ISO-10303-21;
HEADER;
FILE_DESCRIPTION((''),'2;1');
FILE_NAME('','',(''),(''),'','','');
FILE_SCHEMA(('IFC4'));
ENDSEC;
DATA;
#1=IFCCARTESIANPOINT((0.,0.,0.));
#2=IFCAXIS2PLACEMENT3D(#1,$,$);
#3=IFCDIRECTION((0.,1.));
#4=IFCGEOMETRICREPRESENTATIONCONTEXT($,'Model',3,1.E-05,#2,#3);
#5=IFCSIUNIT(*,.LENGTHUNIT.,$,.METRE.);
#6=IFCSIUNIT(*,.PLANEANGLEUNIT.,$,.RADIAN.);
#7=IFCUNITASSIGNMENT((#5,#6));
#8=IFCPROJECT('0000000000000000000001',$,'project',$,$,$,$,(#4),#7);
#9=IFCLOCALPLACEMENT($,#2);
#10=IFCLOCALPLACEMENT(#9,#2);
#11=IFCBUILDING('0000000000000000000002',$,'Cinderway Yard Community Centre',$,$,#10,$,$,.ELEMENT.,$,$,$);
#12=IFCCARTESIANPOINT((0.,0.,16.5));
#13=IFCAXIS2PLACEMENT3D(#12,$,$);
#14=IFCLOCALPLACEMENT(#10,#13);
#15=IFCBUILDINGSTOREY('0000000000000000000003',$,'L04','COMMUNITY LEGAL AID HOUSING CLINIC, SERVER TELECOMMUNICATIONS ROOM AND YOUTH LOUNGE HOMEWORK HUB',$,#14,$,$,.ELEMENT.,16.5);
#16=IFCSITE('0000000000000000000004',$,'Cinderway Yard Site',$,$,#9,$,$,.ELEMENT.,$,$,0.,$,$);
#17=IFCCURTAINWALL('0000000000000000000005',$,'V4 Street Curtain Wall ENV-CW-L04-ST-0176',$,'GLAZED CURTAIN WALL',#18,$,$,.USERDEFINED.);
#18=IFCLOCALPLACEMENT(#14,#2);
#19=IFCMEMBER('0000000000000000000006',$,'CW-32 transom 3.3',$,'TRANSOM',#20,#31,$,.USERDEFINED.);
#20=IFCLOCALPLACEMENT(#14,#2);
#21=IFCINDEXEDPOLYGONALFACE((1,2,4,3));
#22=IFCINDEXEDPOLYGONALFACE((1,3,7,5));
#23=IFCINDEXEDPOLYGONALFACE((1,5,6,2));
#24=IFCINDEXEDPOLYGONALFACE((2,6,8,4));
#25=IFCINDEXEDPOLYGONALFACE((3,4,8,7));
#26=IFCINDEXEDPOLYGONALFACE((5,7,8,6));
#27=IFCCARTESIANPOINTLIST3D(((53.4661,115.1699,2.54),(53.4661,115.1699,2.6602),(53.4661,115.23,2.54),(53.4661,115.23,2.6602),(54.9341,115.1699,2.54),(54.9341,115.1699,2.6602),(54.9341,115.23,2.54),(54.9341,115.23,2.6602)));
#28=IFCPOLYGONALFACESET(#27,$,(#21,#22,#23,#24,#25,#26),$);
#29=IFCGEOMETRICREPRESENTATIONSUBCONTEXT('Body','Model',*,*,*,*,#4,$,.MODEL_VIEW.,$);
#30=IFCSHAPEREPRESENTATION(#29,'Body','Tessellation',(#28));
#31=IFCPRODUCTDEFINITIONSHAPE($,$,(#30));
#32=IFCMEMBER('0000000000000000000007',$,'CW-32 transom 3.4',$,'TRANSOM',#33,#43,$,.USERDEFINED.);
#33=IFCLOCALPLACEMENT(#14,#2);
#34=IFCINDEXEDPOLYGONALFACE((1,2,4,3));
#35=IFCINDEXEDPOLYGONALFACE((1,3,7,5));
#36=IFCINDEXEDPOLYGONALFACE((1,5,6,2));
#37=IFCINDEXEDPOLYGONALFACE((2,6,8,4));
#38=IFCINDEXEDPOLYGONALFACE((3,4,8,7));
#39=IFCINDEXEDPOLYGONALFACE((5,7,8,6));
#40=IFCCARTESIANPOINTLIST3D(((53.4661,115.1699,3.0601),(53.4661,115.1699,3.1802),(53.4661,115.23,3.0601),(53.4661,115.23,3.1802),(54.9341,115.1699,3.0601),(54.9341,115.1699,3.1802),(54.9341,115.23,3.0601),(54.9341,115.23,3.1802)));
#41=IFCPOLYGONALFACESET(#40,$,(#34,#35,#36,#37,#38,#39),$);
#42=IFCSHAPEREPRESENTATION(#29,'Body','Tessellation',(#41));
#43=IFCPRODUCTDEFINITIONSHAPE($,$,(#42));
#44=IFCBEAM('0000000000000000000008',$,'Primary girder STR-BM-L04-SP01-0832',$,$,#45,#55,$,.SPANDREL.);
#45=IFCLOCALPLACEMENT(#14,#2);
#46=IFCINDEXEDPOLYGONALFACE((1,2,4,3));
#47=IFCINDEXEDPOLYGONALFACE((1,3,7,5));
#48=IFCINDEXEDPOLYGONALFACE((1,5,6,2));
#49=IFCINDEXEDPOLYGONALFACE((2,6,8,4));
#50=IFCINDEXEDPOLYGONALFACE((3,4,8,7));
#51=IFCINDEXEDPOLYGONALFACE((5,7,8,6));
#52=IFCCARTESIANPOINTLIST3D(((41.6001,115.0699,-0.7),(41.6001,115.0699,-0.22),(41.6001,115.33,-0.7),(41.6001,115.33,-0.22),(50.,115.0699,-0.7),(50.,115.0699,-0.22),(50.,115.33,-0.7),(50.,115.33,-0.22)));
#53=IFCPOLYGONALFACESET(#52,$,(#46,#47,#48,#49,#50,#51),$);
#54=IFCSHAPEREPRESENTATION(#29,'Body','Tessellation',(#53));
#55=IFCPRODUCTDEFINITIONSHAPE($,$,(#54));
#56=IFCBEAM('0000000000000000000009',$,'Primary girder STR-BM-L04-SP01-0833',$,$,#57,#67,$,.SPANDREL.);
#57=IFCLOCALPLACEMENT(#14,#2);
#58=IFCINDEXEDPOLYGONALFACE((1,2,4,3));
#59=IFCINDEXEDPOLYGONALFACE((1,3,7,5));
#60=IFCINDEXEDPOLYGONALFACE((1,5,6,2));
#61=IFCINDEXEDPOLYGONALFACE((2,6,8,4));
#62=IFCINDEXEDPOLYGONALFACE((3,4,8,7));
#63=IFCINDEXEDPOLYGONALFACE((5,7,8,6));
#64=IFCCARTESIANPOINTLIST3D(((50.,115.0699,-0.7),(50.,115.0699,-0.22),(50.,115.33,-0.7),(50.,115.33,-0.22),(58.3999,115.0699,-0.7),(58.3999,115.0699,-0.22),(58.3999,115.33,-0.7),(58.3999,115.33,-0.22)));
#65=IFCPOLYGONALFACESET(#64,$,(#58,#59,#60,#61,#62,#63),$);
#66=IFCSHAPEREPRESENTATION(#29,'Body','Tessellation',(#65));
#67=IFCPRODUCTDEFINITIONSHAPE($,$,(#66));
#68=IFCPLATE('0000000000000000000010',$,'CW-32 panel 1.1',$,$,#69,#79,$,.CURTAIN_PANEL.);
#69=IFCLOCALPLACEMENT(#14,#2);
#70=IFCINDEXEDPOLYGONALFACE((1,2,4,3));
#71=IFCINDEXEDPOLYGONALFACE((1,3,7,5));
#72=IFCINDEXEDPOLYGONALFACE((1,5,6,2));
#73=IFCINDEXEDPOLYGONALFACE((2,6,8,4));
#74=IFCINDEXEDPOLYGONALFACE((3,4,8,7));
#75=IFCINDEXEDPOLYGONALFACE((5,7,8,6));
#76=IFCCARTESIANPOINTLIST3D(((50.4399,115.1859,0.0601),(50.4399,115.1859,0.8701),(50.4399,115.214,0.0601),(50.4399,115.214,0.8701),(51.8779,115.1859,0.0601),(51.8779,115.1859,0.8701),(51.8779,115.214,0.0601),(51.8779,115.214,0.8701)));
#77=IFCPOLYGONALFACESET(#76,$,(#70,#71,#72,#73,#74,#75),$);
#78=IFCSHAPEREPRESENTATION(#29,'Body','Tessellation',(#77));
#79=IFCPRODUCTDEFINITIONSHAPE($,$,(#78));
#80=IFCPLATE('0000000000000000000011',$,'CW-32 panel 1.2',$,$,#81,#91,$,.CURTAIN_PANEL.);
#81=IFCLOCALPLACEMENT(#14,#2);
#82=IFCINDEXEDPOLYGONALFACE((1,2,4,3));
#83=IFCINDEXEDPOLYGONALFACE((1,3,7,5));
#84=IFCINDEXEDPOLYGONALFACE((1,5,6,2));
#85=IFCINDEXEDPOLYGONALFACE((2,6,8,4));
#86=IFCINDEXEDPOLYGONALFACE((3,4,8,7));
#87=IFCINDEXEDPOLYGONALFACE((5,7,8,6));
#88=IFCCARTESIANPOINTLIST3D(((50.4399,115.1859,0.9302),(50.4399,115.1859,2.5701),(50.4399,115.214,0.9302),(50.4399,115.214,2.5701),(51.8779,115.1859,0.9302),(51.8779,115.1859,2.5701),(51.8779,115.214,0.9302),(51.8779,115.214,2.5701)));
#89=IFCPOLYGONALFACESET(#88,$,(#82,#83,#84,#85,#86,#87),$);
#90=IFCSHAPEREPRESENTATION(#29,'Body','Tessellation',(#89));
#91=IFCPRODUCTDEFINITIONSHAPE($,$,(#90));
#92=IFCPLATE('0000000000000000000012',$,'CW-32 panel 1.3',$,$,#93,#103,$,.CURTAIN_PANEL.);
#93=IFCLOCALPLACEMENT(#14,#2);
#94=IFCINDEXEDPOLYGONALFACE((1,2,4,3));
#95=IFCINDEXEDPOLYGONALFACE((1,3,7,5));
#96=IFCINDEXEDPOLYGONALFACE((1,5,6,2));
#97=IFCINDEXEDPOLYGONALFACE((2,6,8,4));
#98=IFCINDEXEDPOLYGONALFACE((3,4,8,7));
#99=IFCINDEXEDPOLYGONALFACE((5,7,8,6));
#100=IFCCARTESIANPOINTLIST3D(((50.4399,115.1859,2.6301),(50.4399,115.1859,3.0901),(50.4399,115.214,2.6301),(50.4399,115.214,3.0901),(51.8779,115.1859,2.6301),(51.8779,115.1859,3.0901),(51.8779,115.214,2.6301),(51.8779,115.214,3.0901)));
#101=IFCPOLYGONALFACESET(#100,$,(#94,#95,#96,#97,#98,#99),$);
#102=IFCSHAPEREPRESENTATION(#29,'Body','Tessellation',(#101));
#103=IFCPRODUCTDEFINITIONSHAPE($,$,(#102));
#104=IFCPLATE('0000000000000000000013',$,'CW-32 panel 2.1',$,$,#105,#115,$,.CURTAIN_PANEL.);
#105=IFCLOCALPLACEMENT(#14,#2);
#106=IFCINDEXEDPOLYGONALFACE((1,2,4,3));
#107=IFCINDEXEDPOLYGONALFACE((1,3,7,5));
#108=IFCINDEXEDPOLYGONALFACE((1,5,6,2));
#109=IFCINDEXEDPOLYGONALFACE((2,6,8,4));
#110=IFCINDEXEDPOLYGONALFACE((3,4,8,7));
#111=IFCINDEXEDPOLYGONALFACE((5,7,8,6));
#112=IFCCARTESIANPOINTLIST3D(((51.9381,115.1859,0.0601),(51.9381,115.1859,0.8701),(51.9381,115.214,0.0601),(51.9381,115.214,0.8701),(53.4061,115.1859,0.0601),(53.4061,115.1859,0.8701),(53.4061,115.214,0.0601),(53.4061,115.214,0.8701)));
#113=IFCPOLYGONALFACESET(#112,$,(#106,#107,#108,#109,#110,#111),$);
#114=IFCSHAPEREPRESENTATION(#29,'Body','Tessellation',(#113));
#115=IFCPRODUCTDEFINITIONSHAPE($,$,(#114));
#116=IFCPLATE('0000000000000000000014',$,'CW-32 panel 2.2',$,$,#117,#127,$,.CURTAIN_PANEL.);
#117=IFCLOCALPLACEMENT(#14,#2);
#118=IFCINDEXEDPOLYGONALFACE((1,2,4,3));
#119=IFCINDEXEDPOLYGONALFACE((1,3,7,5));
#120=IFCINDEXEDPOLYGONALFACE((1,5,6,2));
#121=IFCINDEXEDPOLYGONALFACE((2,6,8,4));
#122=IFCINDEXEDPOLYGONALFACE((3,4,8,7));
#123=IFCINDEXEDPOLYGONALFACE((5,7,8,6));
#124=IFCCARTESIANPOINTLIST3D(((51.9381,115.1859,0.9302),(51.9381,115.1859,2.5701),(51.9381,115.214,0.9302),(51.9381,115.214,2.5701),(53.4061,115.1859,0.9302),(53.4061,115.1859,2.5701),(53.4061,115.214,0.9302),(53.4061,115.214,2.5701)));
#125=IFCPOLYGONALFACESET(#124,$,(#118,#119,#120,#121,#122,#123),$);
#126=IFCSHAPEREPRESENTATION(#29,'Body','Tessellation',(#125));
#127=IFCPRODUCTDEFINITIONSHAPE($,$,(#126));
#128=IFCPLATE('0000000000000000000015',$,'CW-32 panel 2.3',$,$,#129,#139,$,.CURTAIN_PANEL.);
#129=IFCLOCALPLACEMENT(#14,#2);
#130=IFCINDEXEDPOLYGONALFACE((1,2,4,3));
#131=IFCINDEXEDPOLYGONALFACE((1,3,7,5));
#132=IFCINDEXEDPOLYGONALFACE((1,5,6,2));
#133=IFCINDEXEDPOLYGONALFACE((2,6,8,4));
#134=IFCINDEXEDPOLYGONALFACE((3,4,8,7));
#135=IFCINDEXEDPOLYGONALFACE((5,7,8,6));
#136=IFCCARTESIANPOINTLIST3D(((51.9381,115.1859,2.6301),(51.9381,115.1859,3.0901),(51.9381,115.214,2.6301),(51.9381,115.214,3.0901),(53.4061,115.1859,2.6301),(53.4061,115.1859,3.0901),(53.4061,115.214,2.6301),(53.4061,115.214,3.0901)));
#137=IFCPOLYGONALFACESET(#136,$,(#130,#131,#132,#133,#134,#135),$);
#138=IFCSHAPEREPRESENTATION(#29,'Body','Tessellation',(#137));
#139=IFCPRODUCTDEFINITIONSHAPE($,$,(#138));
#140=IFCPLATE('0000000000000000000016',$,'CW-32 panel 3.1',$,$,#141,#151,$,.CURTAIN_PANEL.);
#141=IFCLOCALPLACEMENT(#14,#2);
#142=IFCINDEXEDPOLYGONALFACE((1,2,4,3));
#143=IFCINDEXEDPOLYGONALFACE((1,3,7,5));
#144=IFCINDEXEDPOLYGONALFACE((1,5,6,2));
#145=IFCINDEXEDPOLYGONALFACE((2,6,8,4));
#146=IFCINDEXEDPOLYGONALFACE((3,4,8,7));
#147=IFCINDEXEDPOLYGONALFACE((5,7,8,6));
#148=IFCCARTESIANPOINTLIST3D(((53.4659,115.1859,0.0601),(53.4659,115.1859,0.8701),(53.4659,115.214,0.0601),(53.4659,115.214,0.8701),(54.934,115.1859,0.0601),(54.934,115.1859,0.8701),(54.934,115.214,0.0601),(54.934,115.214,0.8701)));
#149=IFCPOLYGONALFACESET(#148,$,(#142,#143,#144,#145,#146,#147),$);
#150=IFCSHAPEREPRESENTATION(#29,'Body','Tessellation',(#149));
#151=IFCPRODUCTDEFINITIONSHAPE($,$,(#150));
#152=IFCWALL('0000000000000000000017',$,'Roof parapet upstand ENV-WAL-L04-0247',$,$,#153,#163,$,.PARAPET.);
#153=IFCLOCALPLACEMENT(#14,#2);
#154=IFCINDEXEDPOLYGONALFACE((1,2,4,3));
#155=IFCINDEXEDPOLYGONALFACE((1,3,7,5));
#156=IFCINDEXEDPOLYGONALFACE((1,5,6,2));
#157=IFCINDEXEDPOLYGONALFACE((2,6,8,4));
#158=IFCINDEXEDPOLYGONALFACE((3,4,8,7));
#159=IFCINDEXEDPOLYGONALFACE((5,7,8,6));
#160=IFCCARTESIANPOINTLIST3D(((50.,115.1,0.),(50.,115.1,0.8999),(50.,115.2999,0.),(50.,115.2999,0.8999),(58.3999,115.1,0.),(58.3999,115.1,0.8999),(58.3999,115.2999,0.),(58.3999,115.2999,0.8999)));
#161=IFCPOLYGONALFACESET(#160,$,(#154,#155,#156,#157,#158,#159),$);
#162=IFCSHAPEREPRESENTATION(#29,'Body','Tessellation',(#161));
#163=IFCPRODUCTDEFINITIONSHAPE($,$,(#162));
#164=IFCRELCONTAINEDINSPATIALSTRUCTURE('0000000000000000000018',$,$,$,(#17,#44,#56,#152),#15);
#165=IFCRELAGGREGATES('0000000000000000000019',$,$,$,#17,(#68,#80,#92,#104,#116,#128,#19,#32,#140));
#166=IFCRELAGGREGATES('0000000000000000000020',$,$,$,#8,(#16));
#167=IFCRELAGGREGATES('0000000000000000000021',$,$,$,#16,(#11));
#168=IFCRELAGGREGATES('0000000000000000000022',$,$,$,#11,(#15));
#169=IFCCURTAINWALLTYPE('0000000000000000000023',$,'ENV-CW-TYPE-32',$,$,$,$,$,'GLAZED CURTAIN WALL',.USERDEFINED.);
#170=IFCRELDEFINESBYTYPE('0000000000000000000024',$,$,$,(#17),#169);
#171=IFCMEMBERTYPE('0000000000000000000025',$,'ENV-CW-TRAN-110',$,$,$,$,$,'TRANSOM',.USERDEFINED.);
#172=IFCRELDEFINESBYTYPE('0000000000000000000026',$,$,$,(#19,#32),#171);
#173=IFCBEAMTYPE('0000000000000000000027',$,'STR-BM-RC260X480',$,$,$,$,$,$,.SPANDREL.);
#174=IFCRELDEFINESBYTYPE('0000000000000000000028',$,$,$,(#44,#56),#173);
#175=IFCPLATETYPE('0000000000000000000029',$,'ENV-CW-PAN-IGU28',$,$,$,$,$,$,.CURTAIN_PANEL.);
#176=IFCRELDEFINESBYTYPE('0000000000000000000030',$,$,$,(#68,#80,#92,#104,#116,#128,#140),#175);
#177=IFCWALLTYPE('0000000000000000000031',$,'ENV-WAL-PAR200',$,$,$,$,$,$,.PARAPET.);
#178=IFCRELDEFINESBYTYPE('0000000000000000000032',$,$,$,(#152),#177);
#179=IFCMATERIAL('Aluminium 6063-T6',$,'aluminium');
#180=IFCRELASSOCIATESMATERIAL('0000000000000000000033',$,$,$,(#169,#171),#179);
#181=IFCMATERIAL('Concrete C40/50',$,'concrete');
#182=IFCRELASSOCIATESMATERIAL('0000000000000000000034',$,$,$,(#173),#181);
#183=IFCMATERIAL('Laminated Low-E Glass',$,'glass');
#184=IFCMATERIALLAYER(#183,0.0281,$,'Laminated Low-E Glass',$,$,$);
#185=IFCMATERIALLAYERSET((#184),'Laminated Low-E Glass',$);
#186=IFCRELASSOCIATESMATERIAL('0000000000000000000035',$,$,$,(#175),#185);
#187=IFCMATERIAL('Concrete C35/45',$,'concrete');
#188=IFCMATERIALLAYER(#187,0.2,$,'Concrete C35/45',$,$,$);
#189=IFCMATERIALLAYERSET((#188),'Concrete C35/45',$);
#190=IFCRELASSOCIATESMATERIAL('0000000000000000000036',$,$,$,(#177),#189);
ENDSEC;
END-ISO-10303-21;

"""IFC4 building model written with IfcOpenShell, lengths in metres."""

from ifc_helpers import new_model, si_unit, direction, frame, frame_2d, origin, origin_2d, place, context, subcontext, project, spatial, rectangle, extrude, material, layer, layer_set, material_profile, profile_set, type_object, element, aggregate, save


model = new_model("IFC4")

# Units and contexts
model_context = context("Model", 3, precision=1e-05, world=origin(), true_north=direction((0.0, 1.0)))
body_context = subcontext(model_context, "Body", "Model", "MODEL_VIEW")
ifc_project = project(units=[si_unit("LENGTHUNIT", "METRE"), si_unit("PLANEANGLEUNIT", "RADIAN")], contexts=[model_context])

# Site, building, storey
site_placement = place(None, origin())
site = spatial("IfcSite", under=ifc_project, at=site_placement, Name="Cinderway Yard Site", CompositionType="ELEMENT", RefElevation=0.0)
building_placement = place(site_placement, origin())
building = spatial("IfcBuilding", under=site, at=building_placement, Name="Cinderway Yard Community Centre", CompositionType="ELEMENT")
storey_placement = place(building_placement, frame((0.0, 0.0, 16.5)))
storey = spatial("IfcBuildingStorey", under=building, at=storey_placement, Name="L04", Description="COMMUNITY LEGAL AID HOUSING CLINIC, SERVER TELECOMMUNICATIONS ROOM AND YOUTH LOUNGE HOMEWORK HUB", CompositionType="ELEMENT", Elevation=16.5)

# Shared definitions
ifc_material_1 = material(Name="Concrete C40/50", Category="concrete")

# Curtain wall, members
ifc_material_2 = material(Name="Aluminium 6063-T6", Category="aluminium")
curtain_wall_type = type_object("IfcCurtainWallType", Name="ENV-CW-TYPE-32", ElementType="GLAZED CURTAIN WALL", PredefinedType="USERDEFINED", material=ifc_material_2)
curtain_wall_placement = place(storey_placement, origin())
curtain_wall = element("IfcCurtainWall", 1, at=curtain_wall_placement, inside=storey, type_object=curtain_wall_type, Name="V4 Street Curtain Wall ENV-CW-L04-ST-0176", ObjectType="GLAZED CURTAIN WALL", PredefinedType="USERDEFINED")
ifc_material_profile_1 = material_profile(ifc_material_2, rectangle(XDim=0.0601, YDim=0.1201, at=origin_2d()), Name="Aluminium 6063-T6")
ifc_profile_set_1 = profile_set([ifc_material_profile_1], Name="Aluminium 6063-T6")
member_type_1 = type_object("IfcMemberType", Name="ENV-CW-TRAN-110", ElementType="TRANSOM", PredefinedType="USERDEFINED", material=ifc_profile_set_1)
member_1_placement = place(storey_placement, frame((53.4661, 115.2, 2.6001), z_axis=(1.0, 0.0, 0.0), x_axis=(0.0, 1.0, 0.0)))
member_1 = element("IfcMember", 2, at=member_1_placement, type_object=member_type_1, Name="CW-32 transom 3.3", ObjectType="TRANSOM", PredefinedType="USERDEFINED", context=body_context, shape_type="SweptSolid", body=[
    extrude(rectangle(XDim=0.0601, YDim=0.1201, at=origin_2d()), origin(), (0.0, 0.0, 1.0), 1.468),
])
member_2_placement = place(storey_placement, frame((53.4661, 115.2, 3.1201), z_axis=(1.0, 0.0, 0.0), x_axis=(0.0, 1.0, 0.0)))
member_2 = element("IfcMember", 3, at=member_2_placement, type_object=member_type_1, Name="CW-32 transom 3.4", ObjectType="TRANSOM", PredefinedType="USERDEFINED", context=body_context, shape_type="SweptSolid", body=[
    extrude(rectangle(XDim=0.0601, YDim=0.1201, at=origin_2d()), origin(), (0.0, 0.0, 1.0), 1.468),
])

# Beams
ifc_material_profile_2 = material_profile(ifc_material_1, rectangle(XDim=0.26, YDim=0.48, at=origin_2d()), Name="Concrete C40/50")
ifc_profile_set_2 = profile_set([ifc_material_profile_2], Name="Concrete C40/50")
beam_type = type_object("IfcBeamType", Name="STR-BM-RC260X480", PredefinedType="SPANDREL", material=ifc_profile_set_2)
for number, where, z_axis, x_axis, name in (
    (4, (41.6001, 115.2, -0.46), (1.0, 0.0, 0.0), (0.0, 1.0, 0.0), "Primary girder STR-BM-L04-SP01-0832"),
    (5, (50.0, 115.2, -0.46), (1.0, 0.0, 0.0), (0.0, 1.0, 0.0), "Primary girder STR-BM-L04-SP01-0833"),
):
    element("IfcBeam", number, at=place(storey_placement, frame(where, z_axis=z_axis, x_axis=x_axis)), inside=storey, type_object=beam_type, Name=name, PredefinedType="SPANDREL", context=body_context, shape_type="SweptSolid", body=[
        extrude(rectangle(XDim=0.26, YDim=0.48, at=origin_2d()), origin(), (0.0, 0.0, 1.0), 8.3999),
    ])

# Plates
ifc_material_3 = material(Name="Laminated Low-E Glass", Category="glass")
ifc_layer_1 = layer(ifc_material_3, 0.0281, Name="Laminated Low-E Glass")
ifc_layer_set_1 = layer_set([ifc_layer_1], Name="Laminated Low-E Glass")
plate_type = type_object("IfcPlateType", Name="ENV-CW-PAN-IGU28", PredefinedType="CURTAIN_PANEL", material=ifc_layer_set_1)
plate_1_placement = place(storey_placement, frame((51.1589, 115.2, 0.0601), z_axis=(0.0, 0.0, 1.0), x_axis=(1.0, 0.0, 0.0)))
plate_1 = element("IfcPlate", 6, at=plate_1_placement, type_object=plate_type, Name="CW-32 panel 1.1", PredefinedType="CURTAIN_PANEL", context=body_context, shape_type="SweptSolid", body=[
    extrude(rectangle(XDim=1.438, YDim=0.0281, at=origin_2d()), origin(), (0.0, 0.0, 1.0), 0.8101),
])
plate_2_placement = place(storey_placement, frame((51.1589, 115.2, 0.9302), z_axis=(0.0, 0.0, 1.0), x_axis=(1.0, 0.0, 0.0)))
plate_2 = element("IfcPlate", 7, at=plate_2_placement, type_object=plate_type, Name="CW-32 panel 1.2", PredefinedType="CURTAIN_PANEL", context=body_context, shape_type="SweptSolid", body=[
    extrude(rectangle(XDim=1.438, YDim=0.0281, at=origin_2d()), origin(), (0.0, 0.0, 1.0), 1.6399),
])
plate_3_placement = place(storey_placement, frame((51.1589, 115.2, 2.6301), z_axis=(0.0, 0.0, 1.0), x_axis=(1.0, 0.0, 0.0)))
plate_3 = element("IfcPlate", 8, at=plate_3_placement, type_object=plate_type, Name="CW-32 panel 1.3", PredefinedType="CURTAIN_PANEL", context=body_context, shape_type="SweptSolid", body=[
    extrude(rectangle(XDim=1.438, YDim=0.0281, at=origin_2d()), origin(), (0.0, 0.0, 1.0), 0.46),
])
plate_4_placement = place(storey_placement, frame((52.6721, 115.2, 0.0601), z_axis=(0.0, 0.0, 1.0), x_axis=(1.0, 0.0, 0.0)))
plate_4 = element("IfcPlate", 9, at=plate_4_placement, type_object=plate_type, Name="CW-32 panel 2.1", PredefinedType="CURTAIN_PANEL", context=body_context, shape_type="SweptSolid", body=[
    extrude(rectangle(XDim=1.468, YDim=0.0281, at=origin_2d()), origin(), (0.0, 0.0, 1.0), 0.8101),
])
plate_5_placement = place(storey_placement, frame((52.6721, 115.2, 0.9302), z_axis=(0.0, 0.0, 1.0), x_axis=(1.0, 0.0, 0.0)))
plate_5 = element("IfcPlate", 10, at=plate_5_placement, type_object=plate_type, Name="CW-32 panel 2.2", PredefinedType="CURTAIN_PANEL", context=body_context, shape_type="SweptSolid", body=[
    extrude(rectangle(XDim=1.468, YDim=0.0281, at=origin_2d()), origin(), (0.0, 0.0, 1.0), 1.6399),
])
plate_6_placement = place(storey_placement, frame((52.6721, 115.2, 2.6301), z_axis=(0.0, 0.0, 1.0), x_axis=(1.0, 0.0, 0.0)))
plate_6 = element("IfcPlate", 11, at=plate_6_placement, type_object=plate_type, Name="CW-32 panel 2.3", PredefinedType="CURTAIN_PANEL", context=body_context, shape_type="SweptSolid", body=[
    extrude(rectangle(XDim=1.468, YDim=0.0281, at=origin_2d()), origin(), (0.0, 0.0, 1.0), 0.46),
])
plate_7_placement = place(storey_placement, frame((54.2, 115.2, 0.0601), z_axis=(0.0, 0.0, 1.0), x_axis=(1.0, 0.0, 0.0)))
plate_7 = element("IfcPlate", 12, at=plate_7_placement, type_object=plate_type, Name="CW-32 panel 3.1", PredefinedType="CURTAIN_PANEL", context=body_context, shape_type="SweptSolid", body=[
    extrude(rectangle(XDim=1.468, YDim=0.0281, at=origin_2d()), origin(), (0.0, 0.0, 1.0), 0.8101),
])
aggregate(curtain_wall, [plate_1, plate_2, plate_3, plate_4, plate_5, plate_6, member_1, member_2, plate_7])

# Wall
ifc_material_4 = material(Name="Concrete C35/45", Category="concrete")
ifc_layer_2 = layer(ifc_material_4, 0.2, Name="Concrete C35/45")
ifc_layer_set_2 = layer_set([ifc_layer_2], Name="Concrete C35/45")
wall_type = type_object("IfcWallType", Name="ENV-WAL-PAR200", PredefinedType="PARAPET", material=ifc_layer_set_2)
wall_placement = place(storey_placement, frame((50.0, 115.2, 0.0), z_axis=(0.0, 0.0, 1.0), x_axis=(1.0, 0.0, 0.0)))
element("IfcWall", 13, at=wall_placement, inside=storey, type_object=wall_type, Name="Roof parapet upstand ENV-WAL-L04-0247", PredefinedType="PARAPET", context=body_context, shape_type="SweptSolid", body=[
    extrude(rectangle(XDim=8.3999, YDim=0.2, at=frame_2d((4.2, 0.0))), origin(), (0.0, 0.0, 1.0), 0.8999),
])

save(model, "model.ifc")
